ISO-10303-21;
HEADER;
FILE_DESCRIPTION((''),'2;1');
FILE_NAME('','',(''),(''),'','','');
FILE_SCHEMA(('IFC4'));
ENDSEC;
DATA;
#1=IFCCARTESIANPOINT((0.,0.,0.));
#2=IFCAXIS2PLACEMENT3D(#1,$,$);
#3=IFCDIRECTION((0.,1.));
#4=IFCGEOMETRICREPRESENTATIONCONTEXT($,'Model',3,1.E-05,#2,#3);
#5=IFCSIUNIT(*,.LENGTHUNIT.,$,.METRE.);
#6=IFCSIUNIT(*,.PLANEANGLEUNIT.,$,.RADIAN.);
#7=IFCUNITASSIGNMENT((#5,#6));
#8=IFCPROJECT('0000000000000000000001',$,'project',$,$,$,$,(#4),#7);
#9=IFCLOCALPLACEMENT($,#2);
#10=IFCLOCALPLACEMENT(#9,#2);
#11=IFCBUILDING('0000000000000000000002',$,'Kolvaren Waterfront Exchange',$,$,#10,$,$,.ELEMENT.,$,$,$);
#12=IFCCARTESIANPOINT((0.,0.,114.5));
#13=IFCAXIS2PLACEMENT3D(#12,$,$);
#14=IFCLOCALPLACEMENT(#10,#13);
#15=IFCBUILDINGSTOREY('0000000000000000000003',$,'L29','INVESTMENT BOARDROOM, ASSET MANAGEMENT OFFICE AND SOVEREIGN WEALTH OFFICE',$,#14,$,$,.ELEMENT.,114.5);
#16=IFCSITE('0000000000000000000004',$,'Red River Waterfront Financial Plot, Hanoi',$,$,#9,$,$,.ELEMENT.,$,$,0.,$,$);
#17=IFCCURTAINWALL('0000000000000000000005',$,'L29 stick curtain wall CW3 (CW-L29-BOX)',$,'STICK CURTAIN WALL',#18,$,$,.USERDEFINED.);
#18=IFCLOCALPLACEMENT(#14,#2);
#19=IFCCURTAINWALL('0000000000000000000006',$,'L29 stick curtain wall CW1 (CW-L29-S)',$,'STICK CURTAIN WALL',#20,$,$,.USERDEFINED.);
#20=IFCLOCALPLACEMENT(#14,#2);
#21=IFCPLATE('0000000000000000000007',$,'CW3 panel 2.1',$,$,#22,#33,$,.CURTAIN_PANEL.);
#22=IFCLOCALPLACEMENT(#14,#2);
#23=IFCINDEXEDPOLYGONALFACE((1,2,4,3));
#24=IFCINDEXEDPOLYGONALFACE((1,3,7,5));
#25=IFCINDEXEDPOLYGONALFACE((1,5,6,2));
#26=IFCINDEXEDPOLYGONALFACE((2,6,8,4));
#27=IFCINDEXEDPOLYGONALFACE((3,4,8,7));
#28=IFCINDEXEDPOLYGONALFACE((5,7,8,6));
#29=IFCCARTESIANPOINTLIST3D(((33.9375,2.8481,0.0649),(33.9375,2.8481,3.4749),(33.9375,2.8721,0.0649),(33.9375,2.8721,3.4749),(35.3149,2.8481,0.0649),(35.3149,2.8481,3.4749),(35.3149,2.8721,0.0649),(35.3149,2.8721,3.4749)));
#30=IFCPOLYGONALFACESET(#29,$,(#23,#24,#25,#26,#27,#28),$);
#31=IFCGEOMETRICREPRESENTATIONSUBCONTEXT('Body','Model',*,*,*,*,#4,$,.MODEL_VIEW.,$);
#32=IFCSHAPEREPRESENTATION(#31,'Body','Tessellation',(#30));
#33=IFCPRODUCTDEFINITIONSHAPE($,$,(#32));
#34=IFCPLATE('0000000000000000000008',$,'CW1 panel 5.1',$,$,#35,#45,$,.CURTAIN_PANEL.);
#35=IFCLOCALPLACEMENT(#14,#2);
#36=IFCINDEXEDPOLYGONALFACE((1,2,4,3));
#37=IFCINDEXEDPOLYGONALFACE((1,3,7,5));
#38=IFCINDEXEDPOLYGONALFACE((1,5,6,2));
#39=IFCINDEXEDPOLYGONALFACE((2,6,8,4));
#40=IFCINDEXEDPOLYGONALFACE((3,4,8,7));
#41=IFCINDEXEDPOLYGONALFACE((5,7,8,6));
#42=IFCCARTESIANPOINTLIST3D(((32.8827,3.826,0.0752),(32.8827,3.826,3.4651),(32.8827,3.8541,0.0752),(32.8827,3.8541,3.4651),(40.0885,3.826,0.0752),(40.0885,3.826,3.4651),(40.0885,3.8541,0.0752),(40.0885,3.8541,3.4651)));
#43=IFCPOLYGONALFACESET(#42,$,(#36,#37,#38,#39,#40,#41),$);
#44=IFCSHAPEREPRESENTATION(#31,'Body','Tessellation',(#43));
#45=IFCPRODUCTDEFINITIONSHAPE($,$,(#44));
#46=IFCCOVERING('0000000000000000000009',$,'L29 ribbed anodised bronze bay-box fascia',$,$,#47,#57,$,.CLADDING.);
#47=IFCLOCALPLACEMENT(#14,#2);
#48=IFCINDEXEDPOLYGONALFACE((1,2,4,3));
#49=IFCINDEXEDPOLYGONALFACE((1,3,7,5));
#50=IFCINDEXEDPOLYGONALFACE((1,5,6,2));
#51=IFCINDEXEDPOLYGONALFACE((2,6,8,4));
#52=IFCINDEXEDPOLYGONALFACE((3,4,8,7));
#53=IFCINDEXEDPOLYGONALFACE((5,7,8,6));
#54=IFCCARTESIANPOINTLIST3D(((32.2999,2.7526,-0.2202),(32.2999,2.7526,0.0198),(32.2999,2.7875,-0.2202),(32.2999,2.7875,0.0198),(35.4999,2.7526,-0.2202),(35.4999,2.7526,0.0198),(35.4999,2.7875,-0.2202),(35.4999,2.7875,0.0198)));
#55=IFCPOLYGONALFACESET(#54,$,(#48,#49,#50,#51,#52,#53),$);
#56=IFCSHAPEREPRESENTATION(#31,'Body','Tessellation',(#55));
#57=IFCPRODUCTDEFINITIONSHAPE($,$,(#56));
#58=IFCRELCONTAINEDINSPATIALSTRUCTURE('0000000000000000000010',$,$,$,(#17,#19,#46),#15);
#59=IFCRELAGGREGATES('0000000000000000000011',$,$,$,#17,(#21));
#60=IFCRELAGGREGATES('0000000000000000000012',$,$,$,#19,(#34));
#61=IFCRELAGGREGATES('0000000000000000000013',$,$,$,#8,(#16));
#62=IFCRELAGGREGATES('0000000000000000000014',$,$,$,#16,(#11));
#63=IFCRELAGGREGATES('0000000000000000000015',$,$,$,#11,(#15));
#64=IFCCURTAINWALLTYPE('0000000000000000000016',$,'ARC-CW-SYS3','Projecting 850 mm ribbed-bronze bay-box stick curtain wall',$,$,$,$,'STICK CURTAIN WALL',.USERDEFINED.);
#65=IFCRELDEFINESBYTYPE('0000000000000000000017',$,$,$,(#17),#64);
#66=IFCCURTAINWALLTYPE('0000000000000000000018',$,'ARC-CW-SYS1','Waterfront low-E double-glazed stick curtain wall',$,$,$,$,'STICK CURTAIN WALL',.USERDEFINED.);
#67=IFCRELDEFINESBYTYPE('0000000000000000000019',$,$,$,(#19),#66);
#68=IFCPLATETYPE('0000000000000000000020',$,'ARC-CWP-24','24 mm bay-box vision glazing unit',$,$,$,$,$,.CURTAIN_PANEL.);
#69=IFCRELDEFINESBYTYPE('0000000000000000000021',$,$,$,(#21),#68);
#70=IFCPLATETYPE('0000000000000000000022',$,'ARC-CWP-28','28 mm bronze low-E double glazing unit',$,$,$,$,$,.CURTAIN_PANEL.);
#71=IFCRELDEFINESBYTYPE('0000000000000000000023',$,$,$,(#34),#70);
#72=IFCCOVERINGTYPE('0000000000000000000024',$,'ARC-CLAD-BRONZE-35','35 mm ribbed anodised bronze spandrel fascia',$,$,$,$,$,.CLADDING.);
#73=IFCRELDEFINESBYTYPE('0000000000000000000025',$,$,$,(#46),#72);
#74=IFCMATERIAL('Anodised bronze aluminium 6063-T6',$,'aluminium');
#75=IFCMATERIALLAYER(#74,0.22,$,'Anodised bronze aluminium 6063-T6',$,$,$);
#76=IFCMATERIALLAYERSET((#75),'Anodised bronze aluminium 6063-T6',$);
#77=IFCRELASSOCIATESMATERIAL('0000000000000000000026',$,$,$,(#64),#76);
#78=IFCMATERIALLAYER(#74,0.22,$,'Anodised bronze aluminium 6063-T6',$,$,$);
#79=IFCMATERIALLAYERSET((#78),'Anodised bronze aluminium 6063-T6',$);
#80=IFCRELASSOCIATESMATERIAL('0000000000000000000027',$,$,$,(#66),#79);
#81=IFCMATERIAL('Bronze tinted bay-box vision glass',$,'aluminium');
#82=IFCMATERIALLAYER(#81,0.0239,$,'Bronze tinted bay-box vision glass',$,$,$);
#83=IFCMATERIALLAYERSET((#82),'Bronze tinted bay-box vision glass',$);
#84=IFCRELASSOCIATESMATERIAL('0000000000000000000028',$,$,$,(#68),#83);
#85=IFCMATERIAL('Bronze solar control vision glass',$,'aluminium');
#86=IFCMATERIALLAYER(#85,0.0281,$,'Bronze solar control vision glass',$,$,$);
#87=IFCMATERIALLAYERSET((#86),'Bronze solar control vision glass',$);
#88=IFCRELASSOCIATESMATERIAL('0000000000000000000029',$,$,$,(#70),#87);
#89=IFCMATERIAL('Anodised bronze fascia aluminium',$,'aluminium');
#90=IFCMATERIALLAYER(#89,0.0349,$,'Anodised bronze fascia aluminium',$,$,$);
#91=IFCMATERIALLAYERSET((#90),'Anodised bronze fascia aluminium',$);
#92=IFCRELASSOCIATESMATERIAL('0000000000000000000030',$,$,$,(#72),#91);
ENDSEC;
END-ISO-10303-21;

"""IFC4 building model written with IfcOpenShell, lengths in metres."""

from ifc_helpers import new_model, si_unit, direction, frame, origin, origin_with_axes, origin_2d, place, context, subcontext, project, spatial, rectangle, extrude, source, transform, mapped, material, layer, layer_set, type_object, element, aggregate, save


model = new_model("IFC4")

# Units and contexts
model_context = context("Model", 3, precision=1e-05, world=origin(), true_north=direction((0.0, 1.0)))
body_context = subcontext(model_context, "Body", "Model", "MODEL_VIEW")
ifc_project = project(units=[si_unit("LENGTHUNIT", "METRE"), si_unit("PLANEANGLEUNIT", "RADIAN")], contexts=[model_context])

# Site, building, storey
site_placement = place(None, origin())
site = spatial("IfcSite", under=ifc_project, at=site_placement, Name="Red River Waterfront Financial Plot, Hanoi", CompositionType="ELEMENT", RefElevation=0.0)
building_placement = place(site_placement, origin())
building = spatial("IfcBuilding", under=site, at=building_placement, Name="Kolvaren Waterfront Exchange", CompositionType="ELEMENT")
storey_placement = place(building_placement, frame((0.0, 0.0, 114.5)))
storey = spatial("IfcBuildingStorey", under=building, at=storey_placement, Name="L29", Description="INVESTMENT BOARDROOM, ASSET MANAGEMENT OFFICE AND SOVEREIGN WEALTH OFFICE", CompositionType="ELEMENT", Elevation=114.5)

# Curtain wall
ifc_material_1 = material(Name="Anodised bronze aluminium 6063-T6", Category="aluminium")
ifc_layer_1 = layer(ifc_material_1, 0.22, Name="Anodised bronze aluminium 6063-T6")
ifc_layer_set_1 = layer_set([ifc_layer_1], Name="Anodised bronze aluminium 6063-T6")
curtain_wall_type_1 = type_object("IfcCurtainWallType", Name="ARC-CW-SYS3", Description="Projecting 850 mm ribbed-bronze bay-box stick curtain wall", ElementType="STICK CURTAIN WALL", PredefinedType="USERDEFINED", material=ifc_layer_set_1)
curtain_wall_1_placement = place(storey_placement, origin())
curtain_wall_1 = element("IfcCurtainWall", 1, at=curtain_wall_1_placement, inside=storey, type_object=curtain_wall_type_1, Name="L29 stick curtain wall CW3 (CW-L29-BOX)", ObjectType="STICK CURTAIN WALL", PredefinedType="USERDEFINED")

# Curtain wall
ifc_layer_2 = layer(ifc_material_1, 0.22, Name="Anodised bronze aluminium 6063-T6")
ifc_layer_set_2 = layer_set([ifc_layer_2], Name="Anodised bronze aluminium 6063-T6")
curtain_wall_type_2 = type_object("IfcCurtainWallType", Name="ARC-CW-SYS1", Description="Waterfront low-E double-glazed stick curtain wall", ElementType="STICK CURTAIN WALL", PredefinedType="USERDEFINED", material=ifc_layer_set_2)
curtain_wall_2_placement = place(storey_placement, origin())
curtain_wall_2 = element("IfcCurtainWall", 2, at=curtain_wall_2_placement, inside=storey, type_object=curtain_wall_type_2, Name="L29 stick curtain wall CW1 (CW-L29-S)", ObjectType="STICK CURTAIN WALL", PredefinedType="USERDEFINED")

# Plates
ifc_material_2 = material(Name="Bronze tinted bay-box vision glass", Category="aluminium")
ifc_layer_3 = layer(ifc_material_2, 0.0239, Name="Bronze tinted bay-box vision glass")
ifc_layer_set_3 = layer_set([ifc_layer_3], Name="Bronze tinted bay-box vision glass")
plate_type_1 = type_object("IfcPlateType", Name="ARC-CWP-24", Description="24 mm bay-box vision glazing unit", PredefinedType="CURTAIN_PANEL", material=ifc_layer_set_3)
shared_shape_1 = source(origin_with_axes(), body_context, "Body", "SweptSolid", [
    extrude(rectangle(XDim=1.3774, YDim=0.0239, at=origin_2d()), origin(), (0.0, 0.0, 1.0), 3.4099),
])
plate_1_placement = place(storey_placement, frame((34.6262, 2.8601, 0.0649), z_axis=(0.0, 0.0, 1.0), x_axis=(1.0, 0.0, 0.0)))
plate_1 = element("IfcPlate", 3, at=plate_1_placement, type_object=plate_type_1, Name="CW3 panel 2.1", PredefinedType="CURTAIN_PANEL", context=body_context, shape_type="MappedRepresentation", body=[
    mapped(shared_shape_1, transform((0.0, 0.0, 0.0), x_axis=(1.0, 0.0, 0.0), y_axis=(0.0, 1.0, 0.0), z_axis=(0.0, 0.0, 1.0), scale=1.0)),
])
aggregate(curtain_wall_1, [plate_1])
ifc_material_3 = material(Name="Bronze solar control vision glass", Category="aluminium")
ifc_layer_4 = layer(ifc_material_3, 0.0281, Name="Bronze solar control vision glass")
ifc_layer_set_4 = layer_set([ifc_layer_4], Name="Bronze solar control vision glass")
plate_type_2 = type_object("IfcPlateType", Name="ARC-CWP-28", Description="28 mm bronze low-E double glazing unit", PredefinedType="CURTAIN_PANEL", material=ifc_layer_set_4)
shared_shape_2 = source(origin_with_axes(), body_context, "Body", "SweptSolid", [
    extrude(rectangle(XDim=7.2058, YDim=0.0281, at=origin_2d()), origin(), (0.0, 0.0, 1.0), 3.3899),
])
plate_2_placement = place(storey_placement, frame((36.4856, 3.8401, 0.0752), z_axis=(0.0, 0.0, 1.0), x_axis=(1.0, 0.0, 0.0)))
plate_2 = element("IfcPlate", 4, at=plate_2_placement, type_object=plate_type_2, Name="CW1 panel 5.1", PredefinedType="CURTAIN_PANEL", context=body_context, shape_type="MappedRepresentation", body=[
    mapped(shared_shape_2, transform((0.0, 0.0, 0.0), x_axis=(1.0, 0.0, 0.0), y_axis=(0.0, 1.0, 0.0), z_axis=(0.0, 0.0, 1.0), scale=1.0)),
])
aggregate(curtain_wall_2, [plate_2])

# Covering
ifc_material_4 = material(Name="Anodised bronze fascia aluminium", Category="aluminium")
ifc_layer_5 = layer(ifc_material_4, 0.0349, Name="Anodised bronze fascia aluminium")
ifc_layer_set_5 = layer_set([ifc_layer_5], Name="Anodised bronze fascia aluminium")
covering_type = type_object("IfcCoveringType", Name="ARC-CLAD-BRONZE-35", Description="35 mm ribbed anodised bronze spandrel fascia", PredefinedType="CLADDING", material=ifc_layer_set_5)
covering_placement = place(storey_placement, frame((33.8999, 2.77, -0.2202), z_axis=(0.0, 0.0, 1.0), x_axis=(1.0, 0.0, 0.0)))
element("IfcCovering", 5, at=covering_placement, inside=storey, type_object=covering_type, Name="L29 ribbed anodised bronze bay-box fascia", PredefinedType="CLADDING", context=body_context, shape_type="SweptSolid", body=[
    extrude(rectangle(XDim=3.2, YDim=0.0349, at=origin_2d()), origin(), (0.0, 0.0, 1.0), 0.24),
])

save(model, "model.ifc")
